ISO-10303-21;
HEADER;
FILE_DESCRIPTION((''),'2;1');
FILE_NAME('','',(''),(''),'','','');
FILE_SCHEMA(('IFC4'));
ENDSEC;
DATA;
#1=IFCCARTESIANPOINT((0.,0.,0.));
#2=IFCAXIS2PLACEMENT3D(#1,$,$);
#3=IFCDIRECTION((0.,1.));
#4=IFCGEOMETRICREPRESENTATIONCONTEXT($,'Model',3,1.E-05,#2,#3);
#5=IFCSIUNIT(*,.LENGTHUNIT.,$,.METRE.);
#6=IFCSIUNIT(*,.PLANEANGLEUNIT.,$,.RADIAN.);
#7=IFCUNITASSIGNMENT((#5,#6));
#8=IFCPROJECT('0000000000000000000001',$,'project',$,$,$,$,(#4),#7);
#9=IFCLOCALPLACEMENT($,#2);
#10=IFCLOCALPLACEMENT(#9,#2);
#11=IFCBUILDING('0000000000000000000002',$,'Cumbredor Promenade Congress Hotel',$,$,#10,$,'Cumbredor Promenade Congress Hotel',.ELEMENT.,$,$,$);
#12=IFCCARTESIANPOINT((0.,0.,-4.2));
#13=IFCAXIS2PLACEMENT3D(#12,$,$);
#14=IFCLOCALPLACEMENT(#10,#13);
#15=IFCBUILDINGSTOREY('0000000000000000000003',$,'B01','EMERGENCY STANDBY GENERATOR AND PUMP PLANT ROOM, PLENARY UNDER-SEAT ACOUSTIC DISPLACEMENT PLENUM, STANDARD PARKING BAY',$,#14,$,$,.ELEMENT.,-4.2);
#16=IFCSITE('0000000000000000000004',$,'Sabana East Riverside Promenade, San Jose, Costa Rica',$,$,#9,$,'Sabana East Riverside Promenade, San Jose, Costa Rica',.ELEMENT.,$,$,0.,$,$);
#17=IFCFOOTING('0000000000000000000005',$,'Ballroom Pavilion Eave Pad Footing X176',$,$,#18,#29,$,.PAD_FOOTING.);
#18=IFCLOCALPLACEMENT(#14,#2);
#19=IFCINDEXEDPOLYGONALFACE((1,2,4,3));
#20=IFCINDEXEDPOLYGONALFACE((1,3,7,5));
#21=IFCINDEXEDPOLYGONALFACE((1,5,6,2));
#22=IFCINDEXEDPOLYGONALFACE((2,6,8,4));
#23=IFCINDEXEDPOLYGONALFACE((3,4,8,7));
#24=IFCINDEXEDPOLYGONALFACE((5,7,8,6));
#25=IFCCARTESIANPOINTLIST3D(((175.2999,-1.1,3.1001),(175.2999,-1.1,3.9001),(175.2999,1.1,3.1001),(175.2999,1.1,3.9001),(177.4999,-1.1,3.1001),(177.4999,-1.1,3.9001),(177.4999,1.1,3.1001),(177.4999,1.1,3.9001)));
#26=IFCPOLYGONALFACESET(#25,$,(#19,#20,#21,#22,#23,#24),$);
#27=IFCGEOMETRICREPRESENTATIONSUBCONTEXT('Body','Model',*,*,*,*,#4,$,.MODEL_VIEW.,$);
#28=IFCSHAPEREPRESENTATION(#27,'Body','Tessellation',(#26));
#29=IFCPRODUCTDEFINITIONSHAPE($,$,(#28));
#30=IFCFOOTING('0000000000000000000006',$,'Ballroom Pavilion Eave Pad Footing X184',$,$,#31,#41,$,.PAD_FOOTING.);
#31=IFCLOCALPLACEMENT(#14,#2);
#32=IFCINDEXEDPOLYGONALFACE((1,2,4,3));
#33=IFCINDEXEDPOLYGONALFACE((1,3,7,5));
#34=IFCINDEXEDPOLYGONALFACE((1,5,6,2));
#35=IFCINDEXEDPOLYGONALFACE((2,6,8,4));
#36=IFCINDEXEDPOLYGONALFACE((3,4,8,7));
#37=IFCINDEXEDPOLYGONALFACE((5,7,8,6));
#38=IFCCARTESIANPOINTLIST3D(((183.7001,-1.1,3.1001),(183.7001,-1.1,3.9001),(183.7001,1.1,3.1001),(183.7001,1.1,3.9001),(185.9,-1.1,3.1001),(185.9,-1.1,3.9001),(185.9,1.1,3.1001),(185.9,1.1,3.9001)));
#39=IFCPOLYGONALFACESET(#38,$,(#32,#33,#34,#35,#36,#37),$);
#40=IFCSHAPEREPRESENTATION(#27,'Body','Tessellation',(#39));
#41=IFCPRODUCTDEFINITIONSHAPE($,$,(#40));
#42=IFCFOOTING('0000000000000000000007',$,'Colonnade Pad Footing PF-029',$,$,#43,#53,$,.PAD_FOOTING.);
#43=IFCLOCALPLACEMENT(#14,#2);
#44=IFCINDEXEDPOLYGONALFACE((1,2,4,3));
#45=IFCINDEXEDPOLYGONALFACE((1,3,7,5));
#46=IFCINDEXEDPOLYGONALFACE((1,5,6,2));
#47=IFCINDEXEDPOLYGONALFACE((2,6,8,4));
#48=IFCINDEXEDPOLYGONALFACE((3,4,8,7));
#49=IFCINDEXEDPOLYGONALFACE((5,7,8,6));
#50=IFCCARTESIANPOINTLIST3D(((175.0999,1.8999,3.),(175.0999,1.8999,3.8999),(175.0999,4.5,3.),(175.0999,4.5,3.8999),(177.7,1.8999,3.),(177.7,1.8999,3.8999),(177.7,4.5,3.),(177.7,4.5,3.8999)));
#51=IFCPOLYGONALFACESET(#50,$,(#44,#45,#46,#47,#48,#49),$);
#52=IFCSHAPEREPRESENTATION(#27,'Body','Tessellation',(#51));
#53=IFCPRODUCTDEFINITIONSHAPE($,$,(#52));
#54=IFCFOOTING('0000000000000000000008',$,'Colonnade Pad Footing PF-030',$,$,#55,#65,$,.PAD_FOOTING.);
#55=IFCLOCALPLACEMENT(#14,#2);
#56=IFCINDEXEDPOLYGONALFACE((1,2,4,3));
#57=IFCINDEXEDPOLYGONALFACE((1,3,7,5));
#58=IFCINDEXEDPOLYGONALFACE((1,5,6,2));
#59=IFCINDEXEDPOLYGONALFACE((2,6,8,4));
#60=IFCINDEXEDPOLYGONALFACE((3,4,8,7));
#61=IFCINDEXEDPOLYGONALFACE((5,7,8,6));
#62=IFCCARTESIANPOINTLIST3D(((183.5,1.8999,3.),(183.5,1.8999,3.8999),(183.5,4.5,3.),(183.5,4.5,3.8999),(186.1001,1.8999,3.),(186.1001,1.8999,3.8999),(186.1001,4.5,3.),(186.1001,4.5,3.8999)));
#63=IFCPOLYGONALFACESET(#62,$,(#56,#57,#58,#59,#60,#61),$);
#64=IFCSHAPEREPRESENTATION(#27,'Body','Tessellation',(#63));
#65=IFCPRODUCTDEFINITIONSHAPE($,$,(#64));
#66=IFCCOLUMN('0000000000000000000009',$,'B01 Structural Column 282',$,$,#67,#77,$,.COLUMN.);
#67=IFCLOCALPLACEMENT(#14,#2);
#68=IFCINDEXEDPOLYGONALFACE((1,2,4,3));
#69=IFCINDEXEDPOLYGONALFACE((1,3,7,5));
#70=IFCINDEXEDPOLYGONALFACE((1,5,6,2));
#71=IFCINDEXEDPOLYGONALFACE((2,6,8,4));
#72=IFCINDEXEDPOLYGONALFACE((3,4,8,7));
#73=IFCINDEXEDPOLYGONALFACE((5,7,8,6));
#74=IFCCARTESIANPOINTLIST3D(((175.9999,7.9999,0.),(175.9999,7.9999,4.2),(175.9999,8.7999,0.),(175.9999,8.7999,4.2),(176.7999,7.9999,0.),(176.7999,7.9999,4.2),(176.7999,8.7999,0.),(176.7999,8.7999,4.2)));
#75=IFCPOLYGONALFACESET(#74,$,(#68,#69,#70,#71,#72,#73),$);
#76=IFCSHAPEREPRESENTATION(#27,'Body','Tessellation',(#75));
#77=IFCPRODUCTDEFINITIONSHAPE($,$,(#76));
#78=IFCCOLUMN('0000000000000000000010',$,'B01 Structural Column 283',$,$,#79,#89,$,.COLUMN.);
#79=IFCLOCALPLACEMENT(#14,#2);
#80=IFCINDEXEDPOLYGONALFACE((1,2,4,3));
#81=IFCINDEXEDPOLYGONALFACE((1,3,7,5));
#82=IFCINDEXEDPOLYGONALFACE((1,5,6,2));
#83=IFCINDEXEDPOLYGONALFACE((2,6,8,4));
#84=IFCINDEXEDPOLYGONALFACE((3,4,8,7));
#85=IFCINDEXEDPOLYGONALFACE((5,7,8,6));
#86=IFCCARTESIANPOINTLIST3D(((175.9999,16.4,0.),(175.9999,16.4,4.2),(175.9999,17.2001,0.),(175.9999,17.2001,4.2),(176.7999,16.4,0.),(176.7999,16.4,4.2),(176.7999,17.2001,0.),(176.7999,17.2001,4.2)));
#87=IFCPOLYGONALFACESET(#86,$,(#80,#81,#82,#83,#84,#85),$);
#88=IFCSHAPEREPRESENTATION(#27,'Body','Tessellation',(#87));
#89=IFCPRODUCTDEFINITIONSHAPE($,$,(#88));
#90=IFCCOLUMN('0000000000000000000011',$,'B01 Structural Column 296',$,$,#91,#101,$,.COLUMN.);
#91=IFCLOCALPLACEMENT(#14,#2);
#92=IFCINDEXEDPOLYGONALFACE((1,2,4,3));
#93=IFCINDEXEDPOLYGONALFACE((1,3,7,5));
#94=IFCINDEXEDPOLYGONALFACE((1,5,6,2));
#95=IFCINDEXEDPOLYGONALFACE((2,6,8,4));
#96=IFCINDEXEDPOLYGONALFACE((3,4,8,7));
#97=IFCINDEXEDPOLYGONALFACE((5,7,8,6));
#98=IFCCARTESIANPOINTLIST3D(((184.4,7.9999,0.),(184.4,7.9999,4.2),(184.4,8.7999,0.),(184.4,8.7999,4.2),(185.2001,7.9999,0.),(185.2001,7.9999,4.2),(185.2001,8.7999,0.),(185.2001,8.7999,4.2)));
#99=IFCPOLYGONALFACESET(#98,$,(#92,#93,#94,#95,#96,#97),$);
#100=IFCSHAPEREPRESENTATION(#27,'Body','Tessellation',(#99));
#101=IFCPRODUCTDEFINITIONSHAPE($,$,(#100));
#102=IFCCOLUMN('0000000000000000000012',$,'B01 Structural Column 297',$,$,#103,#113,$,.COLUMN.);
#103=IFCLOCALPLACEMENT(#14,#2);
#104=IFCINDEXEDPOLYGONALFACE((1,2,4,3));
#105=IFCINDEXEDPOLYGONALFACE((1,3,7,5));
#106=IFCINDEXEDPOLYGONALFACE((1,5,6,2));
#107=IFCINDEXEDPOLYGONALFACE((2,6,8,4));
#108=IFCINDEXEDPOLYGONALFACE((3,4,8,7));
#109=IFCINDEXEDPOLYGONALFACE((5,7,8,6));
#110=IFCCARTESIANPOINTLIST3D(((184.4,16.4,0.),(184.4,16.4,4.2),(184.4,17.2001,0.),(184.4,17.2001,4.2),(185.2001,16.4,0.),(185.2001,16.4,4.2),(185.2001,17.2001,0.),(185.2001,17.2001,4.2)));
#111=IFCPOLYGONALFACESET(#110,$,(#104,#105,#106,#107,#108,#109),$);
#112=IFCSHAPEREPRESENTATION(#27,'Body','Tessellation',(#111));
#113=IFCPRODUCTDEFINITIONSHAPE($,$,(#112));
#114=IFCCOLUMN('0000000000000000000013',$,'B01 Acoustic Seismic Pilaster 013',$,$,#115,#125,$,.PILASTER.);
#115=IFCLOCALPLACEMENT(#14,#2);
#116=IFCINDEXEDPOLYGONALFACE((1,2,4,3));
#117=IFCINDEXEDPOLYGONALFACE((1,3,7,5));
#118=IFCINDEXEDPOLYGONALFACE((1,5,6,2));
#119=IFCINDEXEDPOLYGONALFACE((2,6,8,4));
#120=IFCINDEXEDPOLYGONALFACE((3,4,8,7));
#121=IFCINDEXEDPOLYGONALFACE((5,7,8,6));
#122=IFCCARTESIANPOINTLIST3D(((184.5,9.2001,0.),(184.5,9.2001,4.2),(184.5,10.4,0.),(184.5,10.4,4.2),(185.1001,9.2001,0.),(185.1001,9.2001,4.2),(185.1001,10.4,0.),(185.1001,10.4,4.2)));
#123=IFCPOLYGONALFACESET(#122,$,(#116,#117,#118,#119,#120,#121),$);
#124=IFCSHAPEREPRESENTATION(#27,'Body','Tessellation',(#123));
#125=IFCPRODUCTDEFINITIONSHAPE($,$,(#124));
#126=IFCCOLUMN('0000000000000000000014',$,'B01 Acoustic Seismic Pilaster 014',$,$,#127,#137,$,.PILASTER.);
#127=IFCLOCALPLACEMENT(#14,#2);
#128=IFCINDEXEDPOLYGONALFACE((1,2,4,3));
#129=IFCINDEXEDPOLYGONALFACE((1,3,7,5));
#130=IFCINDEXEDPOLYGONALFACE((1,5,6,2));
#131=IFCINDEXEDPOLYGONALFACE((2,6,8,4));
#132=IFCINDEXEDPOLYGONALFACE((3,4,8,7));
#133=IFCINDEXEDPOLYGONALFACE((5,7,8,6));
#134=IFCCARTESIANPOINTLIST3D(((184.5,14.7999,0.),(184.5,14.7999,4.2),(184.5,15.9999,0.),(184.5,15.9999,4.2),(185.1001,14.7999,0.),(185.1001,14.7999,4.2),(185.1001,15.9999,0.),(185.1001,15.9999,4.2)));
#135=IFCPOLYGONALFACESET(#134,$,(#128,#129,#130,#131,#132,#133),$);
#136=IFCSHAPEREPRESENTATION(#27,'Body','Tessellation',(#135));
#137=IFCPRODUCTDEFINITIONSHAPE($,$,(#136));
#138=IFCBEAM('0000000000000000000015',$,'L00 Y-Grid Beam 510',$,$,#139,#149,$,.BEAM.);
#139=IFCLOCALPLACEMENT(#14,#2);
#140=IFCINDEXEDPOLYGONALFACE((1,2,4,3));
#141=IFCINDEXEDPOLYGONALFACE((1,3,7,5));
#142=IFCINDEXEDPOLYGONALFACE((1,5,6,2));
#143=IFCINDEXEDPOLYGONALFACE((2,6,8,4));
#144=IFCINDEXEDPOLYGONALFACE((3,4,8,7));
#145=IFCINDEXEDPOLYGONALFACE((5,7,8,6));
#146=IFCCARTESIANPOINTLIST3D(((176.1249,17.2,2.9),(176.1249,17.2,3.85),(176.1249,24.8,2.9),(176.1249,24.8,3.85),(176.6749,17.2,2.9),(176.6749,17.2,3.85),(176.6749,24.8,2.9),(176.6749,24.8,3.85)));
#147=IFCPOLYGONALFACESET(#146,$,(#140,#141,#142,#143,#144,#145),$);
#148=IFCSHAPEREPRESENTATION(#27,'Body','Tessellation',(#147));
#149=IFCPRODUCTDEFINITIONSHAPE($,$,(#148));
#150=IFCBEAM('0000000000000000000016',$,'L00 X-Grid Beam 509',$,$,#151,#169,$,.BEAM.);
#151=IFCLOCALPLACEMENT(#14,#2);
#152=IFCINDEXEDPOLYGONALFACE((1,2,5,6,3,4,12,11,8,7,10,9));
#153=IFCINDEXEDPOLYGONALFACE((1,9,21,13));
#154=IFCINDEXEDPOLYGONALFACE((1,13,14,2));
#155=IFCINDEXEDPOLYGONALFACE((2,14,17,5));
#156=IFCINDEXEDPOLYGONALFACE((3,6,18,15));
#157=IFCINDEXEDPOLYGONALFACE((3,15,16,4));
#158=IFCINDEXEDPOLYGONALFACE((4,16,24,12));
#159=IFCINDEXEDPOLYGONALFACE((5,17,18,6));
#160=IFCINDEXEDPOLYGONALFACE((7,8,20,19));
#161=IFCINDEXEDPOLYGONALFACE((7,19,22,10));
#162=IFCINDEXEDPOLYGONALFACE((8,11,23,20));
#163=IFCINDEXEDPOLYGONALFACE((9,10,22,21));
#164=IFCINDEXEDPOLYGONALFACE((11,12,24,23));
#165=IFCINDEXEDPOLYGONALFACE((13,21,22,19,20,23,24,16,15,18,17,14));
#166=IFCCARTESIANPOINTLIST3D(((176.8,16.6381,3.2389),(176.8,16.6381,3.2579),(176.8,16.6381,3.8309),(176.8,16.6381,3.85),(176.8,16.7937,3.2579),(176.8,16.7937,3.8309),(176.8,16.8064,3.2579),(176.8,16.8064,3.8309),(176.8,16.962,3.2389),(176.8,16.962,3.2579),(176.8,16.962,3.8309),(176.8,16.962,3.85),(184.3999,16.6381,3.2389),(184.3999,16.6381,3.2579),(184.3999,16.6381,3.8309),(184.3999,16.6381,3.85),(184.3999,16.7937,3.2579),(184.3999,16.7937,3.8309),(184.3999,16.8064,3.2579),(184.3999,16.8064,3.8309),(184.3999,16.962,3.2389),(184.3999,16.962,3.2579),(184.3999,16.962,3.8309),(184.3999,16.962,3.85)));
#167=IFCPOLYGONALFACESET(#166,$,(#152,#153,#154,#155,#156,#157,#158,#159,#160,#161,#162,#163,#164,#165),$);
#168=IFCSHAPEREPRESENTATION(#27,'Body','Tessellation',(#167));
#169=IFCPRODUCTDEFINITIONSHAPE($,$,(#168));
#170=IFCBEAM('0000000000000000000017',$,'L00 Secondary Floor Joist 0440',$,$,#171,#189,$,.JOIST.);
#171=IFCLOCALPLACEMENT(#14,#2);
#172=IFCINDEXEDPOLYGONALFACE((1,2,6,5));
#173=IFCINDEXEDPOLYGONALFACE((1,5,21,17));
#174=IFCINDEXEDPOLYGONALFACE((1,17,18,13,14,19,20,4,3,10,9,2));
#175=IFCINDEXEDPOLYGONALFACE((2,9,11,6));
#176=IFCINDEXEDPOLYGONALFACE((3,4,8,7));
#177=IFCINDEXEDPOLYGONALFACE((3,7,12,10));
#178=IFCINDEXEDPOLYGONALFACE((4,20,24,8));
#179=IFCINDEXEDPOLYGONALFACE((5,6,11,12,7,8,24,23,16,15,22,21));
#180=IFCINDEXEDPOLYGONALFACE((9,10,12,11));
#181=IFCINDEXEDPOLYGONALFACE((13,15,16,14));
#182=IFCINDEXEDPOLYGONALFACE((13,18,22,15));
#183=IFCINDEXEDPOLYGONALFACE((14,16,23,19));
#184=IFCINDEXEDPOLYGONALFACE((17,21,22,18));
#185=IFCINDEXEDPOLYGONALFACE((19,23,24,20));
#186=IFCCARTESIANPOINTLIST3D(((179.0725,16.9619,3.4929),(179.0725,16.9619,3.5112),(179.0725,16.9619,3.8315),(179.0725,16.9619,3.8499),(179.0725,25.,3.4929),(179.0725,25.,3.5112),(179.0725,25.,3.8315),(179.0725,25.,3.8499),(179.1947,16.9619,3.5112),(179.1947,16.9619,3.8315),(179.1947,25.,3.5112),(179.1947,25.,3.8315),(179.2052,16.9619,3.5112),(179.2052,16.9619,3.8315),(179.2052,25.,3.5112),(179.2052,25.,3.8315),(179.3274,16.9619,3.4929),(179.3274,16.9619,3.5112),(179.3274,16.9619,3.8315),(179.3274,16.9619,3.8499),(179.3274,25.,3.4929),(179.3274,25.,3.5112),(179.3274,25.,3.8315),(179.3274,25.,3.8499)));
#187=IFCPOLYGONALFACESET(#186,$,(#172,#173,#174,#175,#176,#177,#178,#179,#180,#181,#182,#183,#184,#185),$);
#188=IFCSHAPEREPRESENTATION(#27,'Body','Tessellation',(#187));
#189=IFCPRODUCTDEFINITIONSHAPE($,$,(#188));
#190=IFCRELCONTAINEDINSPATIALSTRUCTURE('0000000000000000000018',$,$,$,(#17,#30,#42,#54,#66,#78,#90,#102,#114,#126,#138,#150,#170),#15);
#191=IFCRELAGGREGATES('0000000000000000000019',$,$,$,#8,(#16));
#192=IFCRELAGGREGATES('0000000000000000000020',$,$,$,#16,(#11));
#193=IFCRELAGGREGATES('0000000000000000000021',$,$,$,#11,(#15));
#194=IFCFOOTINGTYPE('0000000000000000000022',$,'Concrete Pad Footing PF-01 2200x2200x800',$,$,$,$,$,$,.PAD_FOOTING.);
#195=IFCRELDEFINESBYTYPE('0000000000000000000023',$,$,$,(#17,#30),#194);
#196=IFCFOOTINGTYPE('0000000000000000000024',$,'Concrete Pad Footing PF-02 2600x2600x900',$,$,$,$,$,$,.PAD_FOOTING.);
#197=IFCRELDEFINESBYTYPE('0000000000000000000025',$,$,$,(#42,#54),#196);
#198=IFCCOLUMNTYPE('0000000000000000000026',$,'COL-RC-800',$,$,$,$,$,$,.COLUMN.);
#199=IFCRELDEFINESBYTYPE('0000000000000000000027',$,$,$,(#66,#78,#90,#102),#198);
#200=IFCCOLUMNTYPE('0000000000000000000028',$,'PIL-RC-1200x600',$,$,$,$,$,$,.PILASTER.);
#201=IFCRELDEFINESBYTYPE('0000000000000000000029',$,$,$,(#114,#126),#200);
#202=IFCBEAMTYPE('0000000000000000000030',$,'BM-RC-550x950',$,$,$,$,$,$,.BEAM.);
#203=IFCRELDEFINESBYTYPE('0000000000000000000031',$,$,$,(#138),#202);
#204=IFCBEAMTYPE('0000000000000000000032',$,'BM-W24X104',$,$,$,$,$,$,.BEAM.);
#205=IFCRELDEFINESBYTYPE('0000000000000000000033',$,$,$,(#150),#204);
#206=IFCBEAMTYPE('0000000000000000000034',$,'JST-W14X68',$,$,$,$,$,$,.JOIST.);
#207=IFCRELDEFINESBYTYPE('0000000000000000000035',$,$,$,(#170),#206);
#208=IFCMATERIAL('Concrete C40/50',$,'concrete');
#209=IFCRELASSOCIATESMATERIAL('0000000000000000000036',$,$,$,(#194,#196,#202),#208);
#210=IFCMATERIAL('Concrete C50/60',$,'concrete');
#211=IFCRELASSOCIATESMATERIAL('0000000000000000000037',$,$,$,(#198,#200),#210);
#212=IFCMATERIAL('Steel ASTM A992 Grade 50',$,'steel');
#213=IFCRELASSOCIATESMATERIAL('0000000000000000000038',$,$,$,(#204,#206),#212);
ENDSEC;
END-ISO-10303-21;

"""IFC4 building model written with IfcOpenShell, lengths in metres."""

from ifc_helpers import new_model, si_unit, direction, frame, origin, origin_2d, place, context, subcontext, project, spatial, rectangle, i_section, extrude, material, material_profile, profile_set, type_object, element, save


model = new_model("IFC4")

# Units and contexts
model_context = context("Model", 3, precision=1e-05, world=origin(), true_north=direction((0.0, 1.0)))
body_context = subcontext(model_context, "Body", "Model", "MODEL_VIEW")
ifc_project = project(units=[si_unit("LENGTHUNIT", "METRE"), si_unit("PLANEANGLEUNIT", "RADIAN")], contexts=[model_context])

# Site, building, storey
site_placement = place(None, origin())
site = spatial("IfcSite", under=ifc_project, at=site_placement, Name="Sabana East Riverside Promenade, San Jose, Costa Rica", LongName="Sabana East Riverside Promenade, San Jose, Costa Rica", CompositionType="ELEMENT", RefElevation=0.0)
building_placement = place(site_placement, origin())
building = spatial("IfcBuilding", under=site, at=building_placement, Name="Cumbredor Promenade Congress Hotel", LongName="Cumbredor Promenade Congress Hotel", CompositionType="ELEMENT")
storey_placement = place(building_placement, frame((0.0, 0.0, -4.2)))
storey = spatial("IfcBuildingStorey", under=building, at=storey_placement, Name="B01", Description="EMERGENCY STANDBY GENERATOR AND PUMP PLANT ROOM, PLENARY UNDER-SEAT ACOUSTIC DISPLACEMENT PLENUM, STANDARD PARKING BAY", CompositionType="ELEMENT", Elevation=-4.2)

# Footings
ifc_material_1 = material(Name="Concrete C40/50", Category="concrete")
footing_type_1 = type_object("IfcFootingType", Name="Concrete Pad Footing PF-01 2200x2200x800", PredefinedType="PAD_FOOTING", material=ifc_material_1)
for number, where, z_axis, x_axis, name in (
    (1, (176.3999, 0.0, 3.1001), (0.0, 0.0, 1.0), (1.0, 0.0, 0.0), "Ballroom Pavilion Eave Pad Footing X176"),
    (2, (184.8, 0.0, 3.1001), (0.0, 0.0, 1.0), (1.0, 0.0, 0.0), "Ballroom Pavilion Eave Pad Footing X184"),
):
    element("IfcFooting", number, at=place(storey_placement, frame(where, z_axis=z_axis, x_axis=x_axis)), inside=storey, type_object=footing_type_1, Name=name, PredefinedType="PAD_FOOTING", context=body_context, shape_type="SweptSolid", body=[
        extrude(rectangle(XDim=2.2, YDim=2.2, at=origin_2d()), origin(), (0.0, 0.0, 1.0), 0.8),
    ])
footing_type_2 = type_object("IfcFootingType", Name="Concrete Pad Footing PF-02 2600x2600x900", PredefinedType="PAD_FOOTING", material=ifc_material_1)
for number, where, z_axis, x_axis, name in (
    (3, (176.3999, 3.2, 3.0), (0.0, 0.0, 1.0), (1.0, 0.0, 0.0), "Colonnade Pad Footing PF-029"),
    (4, (184.8, 3.2, 3.0), (0.0, 0.0, 1.0), (1.0, 0.0, 0.0), "Colonnade Pad Footing PF-030"),
):
    element("IfcFooting", number, at=place(storey_placement, frame(where, z_axis=z_axis, x_axis=x_axis)), inside=storey, type_object=footing_type_2, Name=name, PredefinedType="PAD_FOOTING", context=body_context, shape_type="SweptSolid", body=[
        extrude(rectangle(XDim=2.6001, YDim=2.6001, at=origin_2d()), origin(), (0.0, 0.0, 1.0), 0.8999),
    ])

# Columns
ifc_material_2 = material(Name="Concrete C50/60", Category="concrete")
ifc_material_profile_1 = material_profile(ifc_material_2, rectangle(XDim=0.8, YDim=0.8, at=origin_2d()), Name="RC 800x800")
ifc_profile_set_1 = profile_set([ifc_material_profile_1], Name="Concrete C50/60")
column_type_1 = type_object("IfcColumnType", Name="COL-RC-800", PredefinedType="COLUMN", material=ifc_profile_set_1)
for number, where, z_axis, x_axis, name in (
    (5, (176.3999, 8.3999, 0.0), (0.0, 0.0, 1.0), (1.0, 0.0, 0.0), "B01 Structural Column 282"),
    (6, (176.3999, 16.8, 0.0), (0.0, 0.0, 1.0), (1.0, 0.0, 0.0), "B01 Structural Column 283"),
    (7, (184.8, 8.3999, 0.0), (0.0, 0.0, 1.0), (1.0, 0.0, 0.0), "B01 Structural Column 296"),
    (8, (184.8, 16.8, 0.0), (0.0, 0.0, 1.0), (1.0, 0.0, 0.0), "B01 Structural Column 297"),
):
    element("IfcColumn", number, at=place(storey_placement, frame(where, z_axis=z_axis, x_axis=x_axis)), inside=storey, type_object=column_type_1, Name=name, PredefinedType="COLUMN", context=body_context, shape_type="SweptSolid", body=[
        extrude(rectangle(XDim=0.8, YDim=0.8, at=origin_2d()), origin(), (0.0, 0.0, 1.0), 4.2),
    ])
ifc_material_profile_2 = material_profile(ifc_material_2, rectangle(XDim=0.6001, YDim=1.2, at=origin_2d()), Name="RC PILASTER 1200x600")
ifc_profile_set_2 = profile_set([ifc_material_profile_2], Name="Concrete C50/60")
column_type_2 = type_object("IfcColumnType", Name="PIL-RC-1200x600", PredefinedType="PILASTER", material=ifc_profile_set_2)
for number, where, z_axis, x_axis, name in (
    (9, (184.8, 9.8, 0.0), (0.0, 0.0, 1.0), (1.0, 0.0, 0.0), "B01 Acoustic Seismic Pilaster 013"),
    (10, (184.8, 15.3999, 0.0), (0.0, 0.0, 1.0), (1.0, 0.0, 0.0), "B01 Acoustic Seismic Pilaster 014"),
):
    element("IfcColumn", number, at=place(storey_placement, frame(where, z_axis=z_axis, x_axis=x_axis)), inside=storey, type_object=column_type_2, Name=name, PredefinedType="PILASTER", context=body_context, shape_type="SweptSolid", body=[
        extrude(rectangle(XDim=0.6001, YDim=1.2, at=origin_2d()), origin(), (0.0, 0.0, 1.0), 4.2),
    ])

# Beams
ifc_material_profile_3 = material_profile(ifc_material_1, rectangle(XDim=0.55, YDim=0.95, at=origin_2d()), Name="RC BEAM 550x950")
ifc_profile_set_3 = profile_set([ifc_material_profile_3], Name="Concrete C40/50")
beam_type_1 = type_object("IfcBeamType", Name="BM-RC-550x950", PredefinedType="BEAM", material=ifc_profile_set_3)
beam_1_placement = place(storey_placement, frame((176.3999, 17.2, 3.375), z_axis=(0.0, 1.0, 0.0), x_axis=(-1.0, 0.0, 0.0)))
element("IfcBeam", 11, at=beam_1_placement, inside=storey, type_object=beam_type_1, Name="L00 Y-Grid Beam 510", PredefinedType="BEAM", context=body_context, shape_type="SweptSolid", body=[
    extrude(rectangle(XDim=0.55, YDim=0.95, at=origin_2d()), origin(), (0.0, 0.0, 1.0), 7.6001),
])
ifc_material_3 = material(Name="Steel ASTM A992 Grade 50", Category="steel")
ifc_material_profile_4 = material_profile(ifc_material_3, i_section(OverallWidth=0.324, OverallDepth=0.6111, WebThickness=0.0127, FlangeThickness=0.019, at=origin_2d()), Name="W24X104")
ifc_profile_set_4 = profile_set([ifc_material_profile_4], Name="Steel ASTM A992 Grade 50")
beam_type_2 = type_object("IfcBeamType", Name="BM-W24X104", PredefinedType="BEAM", material=ifc_profile_set_4)
beam_2_placement = place(storey_placement, frame((176.8, 16.8, 3.5444), z_axis=(1.0, 0.0, 0.0), x_axis=(0.0, 1.0, 0.0)))
element("IfcBeam", 12, at=beam_2_placement, inside=storey, type_object=beam_type_2, Name="L00 X-Grid Beam 509", PredefinedType="BEAM", context=body_context, shape_type="SweptSolid", body=[
    extrude(i_section(OverallWidth=0.324, OverallDepth=0.6111, WebThickness=0.0127, FlangeThickness=0.019, at=origin_2d()), origin(), (0.0, 0.0, 1.0), 7.5999),
])
ifc_material_profile_5 = material_profile(ifc_material_3, i_section(OverallWidth=0.2549, OverallDepth=0.3569, WebThickness=0.0105, FlangeThickness=0.0183, at=origin_2d()), Name="W14X68")
ifc_profile_set_5 = profile_set([ifc_material_profile_5], Name="Steel ASTM A992 Grade 50")
beam_type_3 = type_object("IfcBeamType", Name="JST-W14X68", PredefinedType="JOIST", material=ifc_profile_set_5)
for number, where, z_axis, x_axis, name in (
    (13, (179.2, 16.9619, 3.6714), (0.0, 1.0, 0.0), (-1.0, 0.0, 0.0), "L00 Secondary Floor Joist 0440"),
):
    element("IfcBeam", number, at=place(storey_placement, frame(where, z_axis=z_axis, x_axis=x_axis)), inside=storey, type_object=beam_type_3, Name=name, PredefinedType="JOIST", context=body_context, shape_type="SweptSolid", body=[
        extrude(i_section(OverallWidth=0.2549, OverallDepth=0.3569, WebThickness=0.0105, FlangeThickness=0.0183, at=origin_2d()), origin(), (0.0, 0.0, 1.0), 8.0381),
    ])

save(model, "model.ifc")
